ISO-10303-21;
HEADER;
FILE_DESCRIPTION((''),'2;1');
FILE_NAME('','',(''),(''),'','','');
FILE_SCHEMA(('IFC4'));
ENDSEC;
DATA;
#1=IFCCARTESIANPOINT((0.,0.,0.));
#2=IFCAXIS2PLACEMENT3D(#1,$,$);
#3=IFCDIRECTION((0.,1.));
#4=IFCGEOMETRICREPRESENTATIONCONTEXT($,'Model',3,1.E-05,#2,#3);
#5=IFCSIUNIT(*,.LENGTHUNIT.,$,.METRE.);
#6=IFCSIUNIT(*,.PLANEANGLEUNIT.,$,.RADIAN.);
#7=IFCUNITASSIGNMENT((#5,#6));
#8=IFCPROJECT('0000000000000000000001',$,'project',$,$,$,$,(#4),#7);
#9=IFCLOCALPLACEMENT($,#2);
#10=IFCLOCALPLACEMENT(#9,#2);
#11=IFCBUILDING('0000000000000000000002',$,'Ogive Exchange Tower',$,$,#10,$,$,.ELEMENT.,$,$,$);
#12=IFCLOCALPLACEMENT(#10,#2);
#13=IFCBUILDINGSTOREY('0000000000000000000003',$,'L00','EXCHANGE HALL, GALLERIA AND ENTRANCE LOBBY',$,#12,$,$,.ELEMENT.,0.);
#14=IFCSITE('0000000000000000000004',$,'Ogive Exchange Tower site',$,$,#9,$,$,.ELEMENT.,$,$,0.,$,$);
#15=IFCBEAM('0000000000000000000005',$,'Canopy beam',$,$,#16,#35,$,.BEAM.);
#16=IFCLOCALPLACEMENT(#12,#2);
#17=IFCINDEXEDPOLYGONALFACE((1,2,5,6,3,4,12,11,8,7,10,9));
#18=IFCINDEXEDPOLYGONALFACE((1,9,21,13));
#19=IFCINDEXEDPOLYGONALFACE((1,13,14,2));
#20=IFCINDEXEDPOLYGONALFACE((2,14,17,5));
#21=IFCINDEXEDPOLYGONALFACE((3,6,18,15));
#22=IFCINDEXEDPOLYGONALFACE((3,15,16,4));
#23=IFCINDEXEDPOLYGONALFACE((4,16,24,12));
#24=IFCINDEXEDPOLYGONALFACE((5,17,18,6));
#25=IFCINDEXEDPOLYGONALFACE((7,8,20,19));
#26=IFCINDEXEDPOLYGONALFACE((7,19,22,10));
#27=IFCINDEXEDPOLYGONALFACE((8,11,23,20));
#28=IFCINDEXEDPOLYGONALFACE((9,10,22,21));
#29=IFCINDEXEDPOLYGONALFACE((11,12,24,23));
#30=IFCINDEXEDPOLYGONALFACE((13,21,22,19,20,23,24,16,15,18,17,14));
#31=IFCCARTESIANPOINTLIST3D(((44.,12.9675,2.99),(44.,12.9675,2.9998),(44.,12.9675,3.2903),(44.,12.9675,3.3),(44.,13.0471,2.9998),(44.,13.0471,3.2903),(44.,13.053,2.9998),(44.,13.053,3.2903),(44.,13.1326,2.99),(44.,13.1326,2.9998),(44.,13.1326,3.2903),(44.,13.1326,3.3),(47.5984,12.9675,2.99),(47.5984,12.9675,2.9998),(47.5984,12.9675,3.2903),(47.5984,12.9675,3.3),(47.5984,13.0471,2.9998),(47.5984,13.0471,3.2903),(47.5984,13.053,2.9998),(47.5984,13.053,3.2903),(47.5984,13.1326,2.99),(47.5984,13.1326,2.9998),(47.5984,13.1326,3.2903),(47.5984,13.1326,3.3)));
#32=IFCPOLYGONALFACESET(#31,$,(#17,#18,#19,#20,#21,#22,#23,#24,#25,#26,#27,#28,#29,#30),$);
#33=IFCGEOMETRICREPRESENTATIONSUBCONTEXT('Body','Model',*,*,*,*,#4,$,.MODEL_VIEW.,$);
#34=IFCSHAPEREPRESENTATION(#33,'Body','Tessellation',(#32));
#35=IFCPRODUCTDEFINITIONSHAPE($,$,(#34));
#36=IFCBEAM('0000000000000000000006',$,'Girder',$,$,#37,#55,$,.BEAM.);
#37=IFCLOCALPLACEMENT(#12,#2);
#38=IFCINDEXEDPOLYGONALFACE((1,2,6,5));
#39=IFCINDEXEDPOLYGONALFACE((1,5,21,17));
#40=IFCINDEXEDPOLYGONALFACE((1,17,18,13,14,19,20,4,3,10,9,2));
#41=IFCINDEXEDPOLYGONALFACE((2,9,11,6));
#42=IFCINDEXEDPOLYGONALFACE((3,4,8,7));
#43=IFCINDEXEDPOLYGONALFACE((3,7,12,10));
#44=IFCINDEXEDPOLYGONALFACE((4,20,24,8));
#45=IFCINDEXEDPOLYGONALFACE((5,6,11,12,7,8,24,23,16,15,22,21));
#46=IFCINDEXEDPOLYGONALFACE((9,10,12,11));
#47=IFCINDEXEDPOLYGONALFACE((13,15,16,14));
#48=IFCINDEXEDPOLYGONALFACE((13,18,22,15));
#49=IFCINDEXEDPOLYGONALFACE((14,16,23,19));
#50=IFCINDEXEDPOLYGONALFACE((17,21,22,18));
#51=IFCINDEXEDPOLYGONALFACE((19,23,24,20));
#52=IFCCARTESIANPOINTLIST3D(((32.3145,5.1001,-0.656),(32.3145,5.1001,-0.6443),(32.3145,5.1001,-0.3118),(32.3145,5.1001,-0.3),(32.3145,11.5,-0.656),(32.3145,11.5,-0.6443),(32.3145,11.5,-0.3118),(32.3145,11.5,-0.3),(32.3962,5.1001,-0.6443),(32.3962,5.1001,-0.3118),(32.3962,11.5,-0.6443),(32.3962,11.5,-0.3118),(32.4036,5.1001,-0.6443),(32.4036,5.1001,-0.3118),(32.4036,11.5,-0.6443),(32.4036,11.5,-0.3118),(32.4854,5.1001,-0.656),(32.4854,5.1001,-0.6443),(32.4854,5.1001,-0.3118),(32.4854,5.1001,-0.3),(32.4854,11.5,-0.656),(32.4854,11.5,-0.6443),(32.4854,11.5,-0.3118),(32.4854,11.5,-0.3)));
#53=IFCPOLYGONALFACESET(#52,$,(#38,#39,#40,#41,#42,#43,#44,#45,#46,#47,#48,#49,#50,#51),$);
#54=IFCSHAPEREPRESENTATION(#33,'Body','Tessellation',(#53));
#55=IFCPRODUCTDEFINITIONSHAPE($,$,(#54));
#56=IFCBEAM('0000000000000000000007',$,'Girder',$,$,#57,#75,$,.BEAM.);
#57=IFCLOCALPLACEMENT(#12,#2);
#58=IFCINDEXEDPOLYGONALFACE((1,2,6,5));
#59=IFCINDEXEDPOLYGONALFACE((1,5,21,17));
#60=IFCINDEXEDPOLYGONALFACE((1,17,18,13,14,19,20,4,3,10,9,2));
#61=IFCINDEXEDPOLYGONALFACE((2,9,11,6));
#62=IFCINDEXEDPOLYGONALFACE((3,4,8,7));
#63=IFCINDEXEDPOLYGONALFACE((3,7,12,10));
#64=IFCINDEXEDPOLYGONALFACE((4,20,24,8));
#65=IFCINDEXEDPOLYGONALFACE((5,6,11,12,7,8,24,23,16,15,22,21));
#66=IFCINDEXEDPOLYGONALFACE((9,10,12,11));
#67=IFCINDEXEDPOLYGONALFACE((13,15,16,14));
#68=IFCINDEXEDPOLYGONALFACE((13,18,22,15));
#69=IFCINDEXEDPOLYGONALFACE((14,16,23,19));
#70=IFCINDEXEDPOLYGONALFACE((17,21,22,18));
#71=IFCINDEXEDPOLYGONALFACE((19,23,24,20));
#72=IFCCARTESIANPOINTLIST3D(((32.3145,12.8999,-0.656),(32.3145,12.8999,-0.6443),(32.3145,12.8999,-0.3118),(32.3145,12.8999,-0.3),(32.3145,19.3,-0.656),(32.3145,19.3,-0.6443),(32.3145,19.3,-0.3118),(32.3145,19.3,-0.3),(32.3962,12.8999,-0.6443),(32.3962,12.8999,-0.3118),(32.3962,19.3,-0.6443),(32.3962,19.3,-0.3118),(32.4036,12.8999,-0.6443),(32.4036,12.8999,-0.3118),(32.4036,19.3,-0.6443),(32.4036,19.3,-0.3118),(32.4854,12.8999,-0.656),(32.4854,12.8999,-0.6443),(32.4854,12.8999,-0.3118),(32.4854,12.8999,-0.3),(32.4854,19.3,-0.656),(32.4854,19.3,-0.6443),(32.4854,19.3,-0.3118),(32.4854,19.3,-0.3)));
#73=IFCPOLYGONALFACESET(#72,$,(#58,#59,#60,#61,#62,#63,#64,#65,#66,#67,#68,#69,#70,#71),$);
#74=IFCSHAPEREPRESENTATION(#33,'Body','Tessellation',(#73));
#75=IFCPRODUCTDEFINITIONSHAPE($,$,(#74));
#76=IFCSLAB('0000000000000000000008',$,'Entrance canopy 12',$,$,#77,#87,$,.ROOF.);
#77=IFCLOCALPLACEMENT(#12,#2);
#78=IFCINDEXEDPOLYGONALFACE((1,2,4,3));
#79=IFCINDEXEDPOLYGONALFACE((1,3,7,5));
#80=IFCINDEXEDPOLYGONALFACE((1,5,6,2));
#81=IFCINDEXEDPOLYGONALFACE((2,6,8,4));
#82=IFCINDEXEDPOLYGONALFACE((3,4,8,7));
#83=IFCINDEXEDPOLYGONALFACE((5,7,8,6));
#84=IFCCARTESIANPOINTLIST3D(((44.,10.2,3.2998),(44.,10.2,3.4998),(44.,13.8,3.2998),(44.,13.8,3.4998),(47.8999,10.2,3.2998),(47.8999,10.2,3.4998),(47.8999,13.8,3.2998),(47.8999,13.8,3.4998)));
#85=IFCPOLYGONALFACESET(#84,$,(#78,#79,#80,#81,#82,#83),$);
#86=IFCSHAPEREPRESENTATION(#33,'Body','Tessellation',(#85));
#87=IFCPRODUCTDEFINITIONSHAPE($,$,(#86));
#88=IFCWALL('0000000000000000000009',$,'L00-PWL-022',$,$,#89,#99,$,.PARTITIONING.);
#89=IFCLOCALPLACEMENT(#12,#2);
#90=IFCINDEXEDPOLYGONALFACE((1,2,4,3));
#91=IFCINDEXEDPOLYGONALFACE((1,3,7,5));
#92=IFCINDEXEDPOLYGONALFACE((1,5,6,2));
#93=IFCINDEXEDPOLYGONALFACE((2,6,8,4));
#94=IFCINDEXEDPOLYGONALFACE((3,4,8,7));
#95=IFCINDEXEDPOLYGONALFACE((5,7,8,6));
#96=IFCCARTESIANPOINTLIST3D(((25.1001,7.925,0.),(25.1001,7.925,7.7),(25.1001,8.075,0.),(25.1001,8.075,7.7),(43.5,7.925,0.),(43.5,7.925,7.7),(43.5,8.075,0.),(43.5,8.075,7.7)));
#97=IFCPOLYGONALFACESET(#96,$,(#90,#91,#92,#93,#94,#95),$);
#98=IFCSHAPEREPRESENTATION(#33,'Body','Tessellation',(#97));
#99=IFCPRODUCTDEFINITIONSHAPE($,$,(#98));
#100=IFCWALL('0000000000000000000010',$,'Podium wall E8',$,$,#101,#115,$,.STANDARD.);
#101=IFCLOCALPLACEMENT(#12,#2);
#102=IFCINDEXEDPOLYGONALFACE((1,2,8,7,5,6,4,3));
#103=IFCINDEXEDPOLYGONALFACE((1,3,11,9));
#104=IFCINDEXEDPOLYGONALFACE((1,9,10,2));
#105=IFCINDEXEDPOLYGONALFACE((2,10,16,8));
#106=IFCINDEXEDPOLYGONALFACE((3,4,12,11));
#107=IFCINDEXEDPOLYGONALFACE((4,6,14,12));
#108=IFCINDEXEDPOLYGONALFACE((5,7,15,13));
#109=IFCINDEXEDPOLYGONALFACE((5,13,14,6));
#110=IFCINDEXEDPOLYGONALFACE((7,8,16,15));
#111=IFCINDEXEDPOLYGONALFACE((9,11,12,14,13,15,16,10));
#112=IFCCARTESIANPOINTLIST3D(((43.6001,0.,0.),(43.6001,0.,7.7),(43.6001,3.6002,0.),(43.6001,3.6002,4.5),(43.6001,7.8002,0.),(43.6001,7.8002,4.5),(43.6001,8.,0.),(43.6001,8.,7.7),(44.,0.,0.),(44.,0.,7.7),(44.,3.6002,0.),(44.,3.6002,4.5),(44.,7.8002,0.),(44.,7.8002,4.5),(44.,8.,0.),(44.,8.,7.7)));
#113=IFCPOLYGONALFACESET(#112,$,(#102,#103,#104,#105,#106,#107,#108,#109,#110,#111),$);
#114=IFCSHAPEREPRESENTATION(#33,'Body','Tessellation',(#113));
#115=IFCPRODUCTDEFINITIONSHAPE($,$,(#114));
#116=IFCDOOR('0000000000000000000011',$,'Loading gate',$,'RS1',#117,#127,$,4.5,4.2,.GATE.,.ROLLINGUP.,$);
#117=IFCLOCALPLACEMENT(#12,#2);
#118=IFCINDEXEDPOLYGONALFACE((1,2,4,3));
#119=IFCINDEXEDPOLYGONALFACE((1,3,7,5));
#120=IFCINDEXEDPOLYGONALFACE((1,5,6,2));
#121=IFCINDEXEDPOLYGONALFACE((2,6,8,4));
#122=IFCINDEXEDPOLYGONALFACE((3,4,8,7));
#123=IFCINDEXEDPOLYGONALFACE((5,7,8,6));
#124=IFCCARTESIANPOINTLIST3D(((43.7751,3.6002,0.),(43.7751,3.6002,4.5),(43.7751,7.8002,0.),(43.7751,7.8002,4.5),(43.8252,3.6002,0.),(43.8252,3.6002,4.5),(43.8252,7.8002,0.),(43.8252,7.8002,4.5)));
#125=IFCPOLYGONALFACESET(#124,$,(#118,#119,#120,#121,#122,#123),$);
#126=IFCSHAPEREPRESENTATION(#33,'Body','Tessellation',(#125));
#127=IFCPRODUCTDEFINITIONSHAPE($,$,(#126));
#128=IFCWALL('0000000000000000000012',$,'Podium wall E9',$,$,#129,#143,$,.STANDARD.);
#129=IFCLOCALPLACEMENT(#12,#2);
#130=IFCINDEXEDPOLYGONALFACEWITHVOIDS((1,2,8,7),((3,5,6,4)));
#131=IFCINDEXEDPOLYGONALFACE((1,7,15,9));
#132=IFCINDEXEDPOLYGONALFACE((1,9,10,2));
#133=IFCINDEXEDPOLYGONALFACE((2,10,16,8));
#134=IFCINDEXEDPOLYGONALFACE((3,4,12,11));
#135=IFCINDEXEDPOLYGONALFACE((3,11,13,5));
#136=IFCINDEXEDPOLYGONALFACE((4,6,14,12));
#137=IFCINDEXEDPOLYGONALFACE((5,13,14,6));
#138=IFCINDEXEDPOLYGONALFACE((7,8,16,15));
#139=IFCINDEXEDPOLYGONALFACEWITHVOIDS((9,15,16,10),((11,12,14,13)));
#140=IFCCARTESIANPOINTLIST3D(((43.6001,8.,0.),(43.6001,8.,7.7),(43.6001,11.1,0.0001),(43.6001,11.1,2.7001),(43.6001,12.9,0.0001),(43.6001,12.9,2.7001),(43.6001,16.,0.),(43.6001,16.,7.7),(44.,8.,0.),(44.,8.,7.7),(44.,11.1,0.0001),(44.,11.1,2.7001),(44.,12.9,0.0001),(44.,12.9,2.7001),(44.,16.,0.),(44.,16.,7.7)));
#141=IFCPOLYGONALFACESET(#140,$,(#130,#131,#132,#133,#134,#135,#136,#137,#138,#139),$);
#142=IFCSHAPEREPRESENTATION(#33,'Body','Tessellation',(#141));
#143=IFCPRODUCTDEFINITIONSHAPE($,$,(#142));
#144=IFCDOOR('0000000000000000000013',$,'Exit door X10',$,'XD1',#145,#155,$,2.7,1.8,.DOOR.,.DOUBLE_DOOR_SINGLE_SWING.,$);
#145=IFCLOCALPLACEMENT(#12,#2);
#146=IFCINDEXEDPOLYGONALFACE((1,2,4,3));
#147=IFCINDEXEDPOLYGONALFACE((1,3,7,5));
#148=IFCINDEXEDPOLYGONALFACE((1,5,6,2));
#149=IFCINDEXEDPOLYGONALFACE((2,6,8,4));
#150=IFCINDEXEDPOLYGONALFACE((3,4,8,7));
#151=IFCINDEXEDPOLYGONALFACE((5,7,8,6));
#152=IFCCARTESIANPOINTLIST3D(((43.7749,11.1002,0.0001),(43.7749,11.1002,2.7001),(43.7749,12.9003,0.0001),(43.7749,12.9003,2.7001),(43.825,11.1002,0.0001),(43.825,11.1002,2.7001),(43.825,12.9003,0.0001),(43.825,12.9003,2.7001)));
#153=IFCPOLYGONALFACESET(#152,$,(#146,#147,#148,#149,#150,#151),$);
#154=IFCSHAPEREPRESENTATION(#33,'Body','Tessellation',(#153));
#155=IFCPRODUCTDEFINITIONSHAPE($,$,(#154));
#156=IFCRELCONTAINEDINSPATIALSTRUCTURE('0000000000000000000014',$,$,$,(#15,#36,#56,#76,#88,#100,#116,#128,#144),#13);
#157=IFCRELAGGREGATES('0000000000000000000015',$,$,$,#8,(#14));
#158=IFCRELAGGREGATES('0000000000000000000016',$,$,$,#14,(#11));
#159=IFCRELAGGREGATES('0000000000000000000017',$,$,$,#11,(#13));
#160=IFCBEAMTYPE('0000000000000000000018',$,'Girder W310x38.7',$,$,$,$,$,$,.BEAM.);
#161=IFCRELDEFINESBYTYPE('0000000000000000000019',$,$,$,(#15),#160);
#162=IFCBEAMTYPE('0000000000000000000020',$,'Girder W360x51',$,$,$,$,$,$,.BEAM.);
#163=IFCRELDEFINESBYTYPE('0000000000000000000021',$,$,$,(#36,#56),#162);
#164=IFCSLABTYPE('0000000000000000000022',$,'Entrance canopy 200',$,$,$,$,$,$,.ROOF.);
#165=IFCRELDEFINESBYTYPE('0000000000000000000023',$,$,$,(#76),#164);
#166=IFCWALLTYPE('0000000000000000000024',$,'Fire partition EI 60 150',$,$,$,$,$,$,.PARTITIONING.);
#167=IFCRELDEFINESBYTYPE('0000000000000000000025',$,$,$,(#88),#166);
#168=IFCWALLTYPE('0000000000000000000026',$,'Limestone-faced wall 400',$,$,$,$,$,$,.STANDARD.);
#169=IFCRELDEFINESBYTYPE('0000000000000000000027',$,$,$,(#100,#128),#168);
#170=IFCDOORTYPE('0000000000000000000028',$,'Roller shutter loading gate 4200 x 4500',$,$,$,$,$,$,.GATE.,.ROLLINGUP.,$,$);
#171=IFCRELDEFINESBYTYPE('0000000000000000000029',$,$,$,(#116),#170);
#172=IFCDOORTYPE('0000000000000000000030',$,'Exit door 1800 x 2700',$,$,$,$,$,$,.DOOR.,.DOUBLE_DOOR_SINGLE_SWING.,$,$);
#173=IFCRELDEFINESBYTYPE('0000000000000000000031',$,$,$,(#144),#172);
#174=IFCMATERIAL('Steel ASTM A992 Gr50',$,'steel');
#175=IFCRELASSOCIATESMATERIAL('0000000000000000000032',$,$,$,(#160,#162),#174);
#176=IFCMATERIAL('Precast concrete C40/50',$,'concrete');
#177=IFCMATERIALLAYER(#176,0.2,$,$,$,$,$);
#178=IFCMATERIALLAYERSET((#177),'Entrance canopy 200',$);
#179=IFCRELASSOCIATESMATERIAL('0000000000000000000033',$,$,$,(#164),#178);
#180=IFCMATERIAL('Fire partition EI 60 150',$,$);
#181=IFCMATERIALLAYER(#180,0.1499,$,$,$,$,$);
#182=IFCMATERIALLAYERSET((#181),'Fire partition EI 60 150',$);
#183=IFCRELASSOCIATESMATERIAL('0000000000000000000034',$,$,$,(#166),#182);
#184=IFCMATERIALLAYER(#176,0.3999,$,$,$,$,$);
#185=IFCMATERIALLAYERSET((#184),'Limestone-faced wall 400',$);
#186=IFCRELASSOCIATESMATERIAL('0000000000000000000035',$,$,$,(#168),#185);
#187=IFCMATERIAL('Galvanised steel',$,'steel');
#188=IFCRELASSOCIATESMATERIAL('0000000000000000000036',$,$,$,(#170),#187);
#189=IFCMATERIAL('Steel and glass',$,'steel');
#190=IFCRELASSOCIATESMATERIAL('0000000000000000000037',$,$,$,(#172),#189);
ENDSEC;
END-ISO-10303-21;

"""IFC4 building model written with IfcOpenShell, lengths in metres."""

from ifc_helpers import new_model, si_unit, direction, frame, frame_2d, origin, origin_2d, place, context, subcontext, project, spatial, rectangle, i_section, extrude, material, layer, layer_set, material_profile, profile_set, type_object, element, fill, save


model = new_model("IFC4")

# Units and contexts
model_context = context("Model", 3, precision=1e-05, world=origin(), true_north=direction((0.0, 1.0)))
body_context = subcontext(model_context, "Body", "Model", "MODEL_VIEW")
ifc_project = project(units=[si_unit("LENGTHUNIT", "METRE"), si_unit("PLANEANGLEUNIT", "RADIAN")], contexts=[model_context])

# Site, building, storey
site_placement = place(None, origin())
site = spatial("IfcSite", under=ifc_project, at=site_placement, Name="Ogive Exchange Tower site", CompositionType="ELEMENT", RefElevation=0.0)
building_placement = place(site_placement, origin())
building = spatial("IfcBuilding", under=site, at=building_placement, Name="Ogive Exchange Tower", CompositionType="ELEMENT")
storey_placement = place(building_placement, origin())
storey = spatial("IfcBuildingStorey", under=building, at=storey_placement, Name="L00", Description="EXCHANGE HALL, GALLERIA AND ENTRANCE LOBBY", CompositionType="ELEMENT", Elevation=0.0)

# Beams
ifc_material_1 = material(Name="Steel ASTM A992 Gr50", Category="steel")
ifc_material_profile_1 = material_profile(ifc_material_1, i_section(OverallWidth=0.165, OverallDepth=0.3101, WebThickness=0.0059, FlangeThickness=0.0098, at=origin_2d()), Name="W310x38.7")
ifc_profile_set_1 = profile_set([ifc_material_profile_1], Name="Steel ASTM A992 Gr50")
beam_type_1 = type_object("IfcBeamType", Name="Girder W310x38.7", PredefinedType="BEAM", material=ifc_profile_set_1)
for number, where, z_axis, x_axis, name in (
    (1, (44.0, 13.05, 3.145), (1.0, 0.0, 0.0), (0.0, 1.0, 0.0), "Canopy beam"),
):
    element("IfcBeam", number, at=place(storey_placement, frame(where, z_axis=z_axis, x_axis=x_axis)), inside=storey, type_object=beam_type_1, Name=name, PredefinedType="BEAM", context=body_context, shape_type="SweptSolid", body=[
        extrude(i_section(OverallWidth=0.165, OverallDepth=0.3101, WebThickness=0.0059, FlangeThickness=0.0098, at=origin_2d()), origin(), (0.0, 0.0, 1.0), 3.5984),
    ])
ifc_material_profile_2 = material_profile(ifc_material_1, i_section(OverallWidth=0.1709, OverallDepth=0.356, WebThickness=0.0073, FlangeThickness=0.0117, at=origin_2d()), Name="W360x51")
ifc_profile_set_2 = profile_set([ifc_material_profile_2], Name="Steel ASTM A992 Gr50")
beam_type_2 = type_object("IfcBeamType", Name="Girder W360x51", PredefinedType="BEAM", material=ifc_profile_set_2)
beam_1_placement = place(storey_placement, frame((32.3999, 5.1001, -0.478), z_axis=(0.0, 1.0, 0.0), x_axis=(-1.0, 0.0, 0.0)))
element("IfcBeam", 2, at=beam_1_placement, inside=storey, type_object=beam_type_2, Name="Girder", PredefinedType="BEAM", context=body_context, shape_type="SweptSolid", body=[
    extrude(i_section(OverallWidth=0.1709, OverallDepth=0.356, WebThickness=0.0073, FlangeThickness=0.0117, at=origin_2d()), origin(), (0.0, 0.0, 1.0), 6.3999),
])
beam_2_placement = place(storey_placement, frame((32.3999, 12.8999, -0.478), z_axis=(0.0, 1.0, 0.0), x_axis=(-1.0, 0.0, 0.0)))
element("IfcBeam", 3, at=beam_2_placement, inside=storey, type_object=beam_type_2, Name="Girder", PredefinedType="BEAM", context=body_context, shape_type="SweptSolid", body=[
    extrude(i_section(OverallWidth=0.1709, OverallDepth=0.356, WebThickness=0.0073, FlangeThickness=0.0117, at=origin_2d()), origin(), (0.0, 0.0, 1.0), 6.4001),
])

# Slab
ifc_material_2 = material(Name="Precast concrete C40/50", Category="concrete")
ifc_layer_1 = layer(ifc_material_2, 0.2)
ifc_layer_set_1 = layer_set([ifc_layer_1], Name="Entrance canopy 200")
slab_type = type_object("IfcSlabType", Name="Entrance canopy 200", PredefinedType="ROOF", material=ifc_layer_set_1)
slab_placement = place(storey_placement, frame((45.95, 12.0, 3.2998), z_axis=(0.0, 0.0, 1.0), x_axis=(0.0, 1.0, 0.0)))
element("IfcSlab", 4, at=slab_placement, inside=storey, type_object=slab_type, Name="Entrance canopy 12", PredefinedType="ROOF", context=body_context, shape_type="SweptSolid", body=[
    extrude(rectangle(XDim=3.6001, YDim=3.8999, at=origin_2d()), origin(), (0.0, 0.0, 1.0), 0.2),
])

# Wall
ifc_material_3 = material(Name="Fire partition EI 60 150")
ifc_layer_2 = layer(ifc_material_3, 0.1499)
ifc_layer_set_2 = layer_set([ifc_layer_2], Name="Fire partition EI 60 150")
wall_type_1 = type_object("IfcWallType", Name="Fire partition EI 60 150", PredefinedType="PARTITIONING", material=ifc_layer_set_2)
wall_1_placement = place(storey_placement, frame((25.1001, 8.0, 0.0), z_axis=(0.0, 0.0, 1.0), x_axis=(1.0, 0.0, 0.0)))
element("IfcWall", 5, at=wall_1_placement, inside=storey, type_object=wall_type_1, Name="L00-PWL-022", PredefinedType="PARTITIONING", context=body_context, shape_type="SweptSolid", body=[
    extrude(rectangle(XDim=18.3999, YDim=0.1499, at=frame_2d((9.2, 0.0))), origin(), (0.0, 0.0, 1.0), 7.7),
])

# Walls, openings, doors
ifc_layer_3 = layer(ifc_material_2, 0.3999)
ifc_layer_set_3 = layer_set([ifc_layer_3], Name="Limestone-faced wall 400")
wall_type_2 = type_object("IfcWallType", Name="Limestone-faced wall 400", PredefinedType="STANDARD", material=ifc_layer_set_3)
wall_2_placement = place(storey_placement, frame((43.8, 0.0, 0.0), z_axis=(0.0, 0.0, 1.0), x_axis=(0.0, 1.0, 0.0)))
wall_2 = element("IfcWall", 6, at=wall_2_placement, inside=storey, type_object=wall_type_2, Name="Podium wall E8", PredefinedType="STANDARD", context=body_context, shape_type="SweptSolid", body=[
    extrude(rectangle(XDim=8.0, YDim=0.3999, at=frame_2d((4.0, 0.0))), origin(), (0.0, 0.0, 1.0), 7.7),
])
opening_1_placement = place(wall_2_placement, frame((3.6001, 0.0, 0.0)))
opening_1 = element("IfcOpeningElement", 7, at=opening_1_placement, cuts=wall_2, PredefinedType="OPENING", context=body_context, shape_type="SweptSolid", body=[
    extrude(rectangle(XDim=4.2, YDim=4.5, at=frame_2d((2.1001, 2.25))), frame((0.0, 0.21, 0.0), z_axis=(0.0, -1.0, 0.0), x_axis=(1.0, 0.0, 0.0)), (0.0, 0.0, 1.0), 0.4199),
])
ifc_material_4 = material(Name="Galvanised steel", Category="steel")
door_type_1 = type_object("IfcDoorType", Name="Roller shutter loading gate 4200 x 4500", OperationType="ROLLINGUP", PredefinedType="GATE", material=ifc_material_4)
door_1_placement = place(opening_1_placement, origin())
door_1 = element("IfcDoor", 8, at=door_1_placement, inside=storey, type_object=door_type_1, Name="Loading gate", ObjectType="RS1", OperationType="ROLLINGUP", OverallHeight=4.5, OverallWidth=4.2, PredefinedType="GATE", context=body_context, shape_type="SweptSolid", body=[
    extrude(rectangle(XDim=4.2, YDim=4.5, at=frame_2d((2.1001, 2.25))), frame((0.0, 0.0249, 0.0), z_axis=(0.0, -1.0, 0.0), x_axis=(1.0, 0.0, 0.0)), (0.0, 0.0, 1.0), 0.05),
])
fill(opening_1, door_1)
wall_3_placement = place(storey_placement, frame((43.8, 8.0, 0.0), z_axis=(0.0, 0.0, 1.0), x_axis=(0.0, 1.0, 0.0)))
wall_3 = element("IfcWall", 9, at=wall_3_placement, inside=storey, type_object=wall_type_2, Name="Podium wall E9", PredefinedType="STANDARD", context=body_context, shape_type="SweptSolid", body=[
    extrude(rectangle(XDim=8.0, YDim=0.3999, at=frame_2d((4.0, 0.0))), origin(), (0.0, 0.0, 1.0), 7.7),
])
opening_2_placement = place(wall_3_placement, frame((3.1001, 0.0, 0.0)))
opening_2 = element("IfcOpeningElement", 10, at=opening_2_placement, cuts=wall_3, PredefinedType="OPENING", context=body_context, shape_type="SweptSolid", body=[
    extrude(rectangle(XDim=1.8, YDim=2.7, at=frame_2d((0.8999, 1.3501))), frame((0.0, 0.21, 0.0), z_axis=(0.0, -1.0, 0.0), x_axis=(1.0, 0.0, 0.0)), (0.0, 0.0, 1.0), 0.4199),
])
ifc_material_5 = material(Name="Steel and glass", Category="steel")
door_type_2 = type_object("IfcDoorType", Name="Exit door 1800 x 2700", OperationType="DOUBLE_DOOR_SINGLE_SWING", PredefinedType="DOOR", material=ifc_material_5)
door_2_placement = place(opening_2_placement, frame((1.8, 0.0, 0.0), z_axis=(0.0, 0.0, 1.0), x_axis=(-1.0, 0.0, 0.0)))
door_2 = element("IfcDoor", 11, at=door_2_placement, inside=storey, type_object=door_type_2, Name="Exit door X10", ObjectType="XD1", OperationType="DOUBLE_DOOR_SINGLE_SWING", OverallHeight=2.7, OverallWidth=1.8, PredefinedType="DOOR", context=body_context, shape_type="SweptSolid", body=[
    extrude(rectangle(XDim=1.8, YDim=2.7, at=frame_2d((0.8999, 1.3501))), frame((0.0, 0.0249, 0.0), z_axis=(0.0, -1.0, 0.0), x_axis=(1.0, 0.0, 0.0)), (0.0, 0.0, 1.0), 0.05),
])
fill(opening_2, door_2)

save(model, "model.ifc")
